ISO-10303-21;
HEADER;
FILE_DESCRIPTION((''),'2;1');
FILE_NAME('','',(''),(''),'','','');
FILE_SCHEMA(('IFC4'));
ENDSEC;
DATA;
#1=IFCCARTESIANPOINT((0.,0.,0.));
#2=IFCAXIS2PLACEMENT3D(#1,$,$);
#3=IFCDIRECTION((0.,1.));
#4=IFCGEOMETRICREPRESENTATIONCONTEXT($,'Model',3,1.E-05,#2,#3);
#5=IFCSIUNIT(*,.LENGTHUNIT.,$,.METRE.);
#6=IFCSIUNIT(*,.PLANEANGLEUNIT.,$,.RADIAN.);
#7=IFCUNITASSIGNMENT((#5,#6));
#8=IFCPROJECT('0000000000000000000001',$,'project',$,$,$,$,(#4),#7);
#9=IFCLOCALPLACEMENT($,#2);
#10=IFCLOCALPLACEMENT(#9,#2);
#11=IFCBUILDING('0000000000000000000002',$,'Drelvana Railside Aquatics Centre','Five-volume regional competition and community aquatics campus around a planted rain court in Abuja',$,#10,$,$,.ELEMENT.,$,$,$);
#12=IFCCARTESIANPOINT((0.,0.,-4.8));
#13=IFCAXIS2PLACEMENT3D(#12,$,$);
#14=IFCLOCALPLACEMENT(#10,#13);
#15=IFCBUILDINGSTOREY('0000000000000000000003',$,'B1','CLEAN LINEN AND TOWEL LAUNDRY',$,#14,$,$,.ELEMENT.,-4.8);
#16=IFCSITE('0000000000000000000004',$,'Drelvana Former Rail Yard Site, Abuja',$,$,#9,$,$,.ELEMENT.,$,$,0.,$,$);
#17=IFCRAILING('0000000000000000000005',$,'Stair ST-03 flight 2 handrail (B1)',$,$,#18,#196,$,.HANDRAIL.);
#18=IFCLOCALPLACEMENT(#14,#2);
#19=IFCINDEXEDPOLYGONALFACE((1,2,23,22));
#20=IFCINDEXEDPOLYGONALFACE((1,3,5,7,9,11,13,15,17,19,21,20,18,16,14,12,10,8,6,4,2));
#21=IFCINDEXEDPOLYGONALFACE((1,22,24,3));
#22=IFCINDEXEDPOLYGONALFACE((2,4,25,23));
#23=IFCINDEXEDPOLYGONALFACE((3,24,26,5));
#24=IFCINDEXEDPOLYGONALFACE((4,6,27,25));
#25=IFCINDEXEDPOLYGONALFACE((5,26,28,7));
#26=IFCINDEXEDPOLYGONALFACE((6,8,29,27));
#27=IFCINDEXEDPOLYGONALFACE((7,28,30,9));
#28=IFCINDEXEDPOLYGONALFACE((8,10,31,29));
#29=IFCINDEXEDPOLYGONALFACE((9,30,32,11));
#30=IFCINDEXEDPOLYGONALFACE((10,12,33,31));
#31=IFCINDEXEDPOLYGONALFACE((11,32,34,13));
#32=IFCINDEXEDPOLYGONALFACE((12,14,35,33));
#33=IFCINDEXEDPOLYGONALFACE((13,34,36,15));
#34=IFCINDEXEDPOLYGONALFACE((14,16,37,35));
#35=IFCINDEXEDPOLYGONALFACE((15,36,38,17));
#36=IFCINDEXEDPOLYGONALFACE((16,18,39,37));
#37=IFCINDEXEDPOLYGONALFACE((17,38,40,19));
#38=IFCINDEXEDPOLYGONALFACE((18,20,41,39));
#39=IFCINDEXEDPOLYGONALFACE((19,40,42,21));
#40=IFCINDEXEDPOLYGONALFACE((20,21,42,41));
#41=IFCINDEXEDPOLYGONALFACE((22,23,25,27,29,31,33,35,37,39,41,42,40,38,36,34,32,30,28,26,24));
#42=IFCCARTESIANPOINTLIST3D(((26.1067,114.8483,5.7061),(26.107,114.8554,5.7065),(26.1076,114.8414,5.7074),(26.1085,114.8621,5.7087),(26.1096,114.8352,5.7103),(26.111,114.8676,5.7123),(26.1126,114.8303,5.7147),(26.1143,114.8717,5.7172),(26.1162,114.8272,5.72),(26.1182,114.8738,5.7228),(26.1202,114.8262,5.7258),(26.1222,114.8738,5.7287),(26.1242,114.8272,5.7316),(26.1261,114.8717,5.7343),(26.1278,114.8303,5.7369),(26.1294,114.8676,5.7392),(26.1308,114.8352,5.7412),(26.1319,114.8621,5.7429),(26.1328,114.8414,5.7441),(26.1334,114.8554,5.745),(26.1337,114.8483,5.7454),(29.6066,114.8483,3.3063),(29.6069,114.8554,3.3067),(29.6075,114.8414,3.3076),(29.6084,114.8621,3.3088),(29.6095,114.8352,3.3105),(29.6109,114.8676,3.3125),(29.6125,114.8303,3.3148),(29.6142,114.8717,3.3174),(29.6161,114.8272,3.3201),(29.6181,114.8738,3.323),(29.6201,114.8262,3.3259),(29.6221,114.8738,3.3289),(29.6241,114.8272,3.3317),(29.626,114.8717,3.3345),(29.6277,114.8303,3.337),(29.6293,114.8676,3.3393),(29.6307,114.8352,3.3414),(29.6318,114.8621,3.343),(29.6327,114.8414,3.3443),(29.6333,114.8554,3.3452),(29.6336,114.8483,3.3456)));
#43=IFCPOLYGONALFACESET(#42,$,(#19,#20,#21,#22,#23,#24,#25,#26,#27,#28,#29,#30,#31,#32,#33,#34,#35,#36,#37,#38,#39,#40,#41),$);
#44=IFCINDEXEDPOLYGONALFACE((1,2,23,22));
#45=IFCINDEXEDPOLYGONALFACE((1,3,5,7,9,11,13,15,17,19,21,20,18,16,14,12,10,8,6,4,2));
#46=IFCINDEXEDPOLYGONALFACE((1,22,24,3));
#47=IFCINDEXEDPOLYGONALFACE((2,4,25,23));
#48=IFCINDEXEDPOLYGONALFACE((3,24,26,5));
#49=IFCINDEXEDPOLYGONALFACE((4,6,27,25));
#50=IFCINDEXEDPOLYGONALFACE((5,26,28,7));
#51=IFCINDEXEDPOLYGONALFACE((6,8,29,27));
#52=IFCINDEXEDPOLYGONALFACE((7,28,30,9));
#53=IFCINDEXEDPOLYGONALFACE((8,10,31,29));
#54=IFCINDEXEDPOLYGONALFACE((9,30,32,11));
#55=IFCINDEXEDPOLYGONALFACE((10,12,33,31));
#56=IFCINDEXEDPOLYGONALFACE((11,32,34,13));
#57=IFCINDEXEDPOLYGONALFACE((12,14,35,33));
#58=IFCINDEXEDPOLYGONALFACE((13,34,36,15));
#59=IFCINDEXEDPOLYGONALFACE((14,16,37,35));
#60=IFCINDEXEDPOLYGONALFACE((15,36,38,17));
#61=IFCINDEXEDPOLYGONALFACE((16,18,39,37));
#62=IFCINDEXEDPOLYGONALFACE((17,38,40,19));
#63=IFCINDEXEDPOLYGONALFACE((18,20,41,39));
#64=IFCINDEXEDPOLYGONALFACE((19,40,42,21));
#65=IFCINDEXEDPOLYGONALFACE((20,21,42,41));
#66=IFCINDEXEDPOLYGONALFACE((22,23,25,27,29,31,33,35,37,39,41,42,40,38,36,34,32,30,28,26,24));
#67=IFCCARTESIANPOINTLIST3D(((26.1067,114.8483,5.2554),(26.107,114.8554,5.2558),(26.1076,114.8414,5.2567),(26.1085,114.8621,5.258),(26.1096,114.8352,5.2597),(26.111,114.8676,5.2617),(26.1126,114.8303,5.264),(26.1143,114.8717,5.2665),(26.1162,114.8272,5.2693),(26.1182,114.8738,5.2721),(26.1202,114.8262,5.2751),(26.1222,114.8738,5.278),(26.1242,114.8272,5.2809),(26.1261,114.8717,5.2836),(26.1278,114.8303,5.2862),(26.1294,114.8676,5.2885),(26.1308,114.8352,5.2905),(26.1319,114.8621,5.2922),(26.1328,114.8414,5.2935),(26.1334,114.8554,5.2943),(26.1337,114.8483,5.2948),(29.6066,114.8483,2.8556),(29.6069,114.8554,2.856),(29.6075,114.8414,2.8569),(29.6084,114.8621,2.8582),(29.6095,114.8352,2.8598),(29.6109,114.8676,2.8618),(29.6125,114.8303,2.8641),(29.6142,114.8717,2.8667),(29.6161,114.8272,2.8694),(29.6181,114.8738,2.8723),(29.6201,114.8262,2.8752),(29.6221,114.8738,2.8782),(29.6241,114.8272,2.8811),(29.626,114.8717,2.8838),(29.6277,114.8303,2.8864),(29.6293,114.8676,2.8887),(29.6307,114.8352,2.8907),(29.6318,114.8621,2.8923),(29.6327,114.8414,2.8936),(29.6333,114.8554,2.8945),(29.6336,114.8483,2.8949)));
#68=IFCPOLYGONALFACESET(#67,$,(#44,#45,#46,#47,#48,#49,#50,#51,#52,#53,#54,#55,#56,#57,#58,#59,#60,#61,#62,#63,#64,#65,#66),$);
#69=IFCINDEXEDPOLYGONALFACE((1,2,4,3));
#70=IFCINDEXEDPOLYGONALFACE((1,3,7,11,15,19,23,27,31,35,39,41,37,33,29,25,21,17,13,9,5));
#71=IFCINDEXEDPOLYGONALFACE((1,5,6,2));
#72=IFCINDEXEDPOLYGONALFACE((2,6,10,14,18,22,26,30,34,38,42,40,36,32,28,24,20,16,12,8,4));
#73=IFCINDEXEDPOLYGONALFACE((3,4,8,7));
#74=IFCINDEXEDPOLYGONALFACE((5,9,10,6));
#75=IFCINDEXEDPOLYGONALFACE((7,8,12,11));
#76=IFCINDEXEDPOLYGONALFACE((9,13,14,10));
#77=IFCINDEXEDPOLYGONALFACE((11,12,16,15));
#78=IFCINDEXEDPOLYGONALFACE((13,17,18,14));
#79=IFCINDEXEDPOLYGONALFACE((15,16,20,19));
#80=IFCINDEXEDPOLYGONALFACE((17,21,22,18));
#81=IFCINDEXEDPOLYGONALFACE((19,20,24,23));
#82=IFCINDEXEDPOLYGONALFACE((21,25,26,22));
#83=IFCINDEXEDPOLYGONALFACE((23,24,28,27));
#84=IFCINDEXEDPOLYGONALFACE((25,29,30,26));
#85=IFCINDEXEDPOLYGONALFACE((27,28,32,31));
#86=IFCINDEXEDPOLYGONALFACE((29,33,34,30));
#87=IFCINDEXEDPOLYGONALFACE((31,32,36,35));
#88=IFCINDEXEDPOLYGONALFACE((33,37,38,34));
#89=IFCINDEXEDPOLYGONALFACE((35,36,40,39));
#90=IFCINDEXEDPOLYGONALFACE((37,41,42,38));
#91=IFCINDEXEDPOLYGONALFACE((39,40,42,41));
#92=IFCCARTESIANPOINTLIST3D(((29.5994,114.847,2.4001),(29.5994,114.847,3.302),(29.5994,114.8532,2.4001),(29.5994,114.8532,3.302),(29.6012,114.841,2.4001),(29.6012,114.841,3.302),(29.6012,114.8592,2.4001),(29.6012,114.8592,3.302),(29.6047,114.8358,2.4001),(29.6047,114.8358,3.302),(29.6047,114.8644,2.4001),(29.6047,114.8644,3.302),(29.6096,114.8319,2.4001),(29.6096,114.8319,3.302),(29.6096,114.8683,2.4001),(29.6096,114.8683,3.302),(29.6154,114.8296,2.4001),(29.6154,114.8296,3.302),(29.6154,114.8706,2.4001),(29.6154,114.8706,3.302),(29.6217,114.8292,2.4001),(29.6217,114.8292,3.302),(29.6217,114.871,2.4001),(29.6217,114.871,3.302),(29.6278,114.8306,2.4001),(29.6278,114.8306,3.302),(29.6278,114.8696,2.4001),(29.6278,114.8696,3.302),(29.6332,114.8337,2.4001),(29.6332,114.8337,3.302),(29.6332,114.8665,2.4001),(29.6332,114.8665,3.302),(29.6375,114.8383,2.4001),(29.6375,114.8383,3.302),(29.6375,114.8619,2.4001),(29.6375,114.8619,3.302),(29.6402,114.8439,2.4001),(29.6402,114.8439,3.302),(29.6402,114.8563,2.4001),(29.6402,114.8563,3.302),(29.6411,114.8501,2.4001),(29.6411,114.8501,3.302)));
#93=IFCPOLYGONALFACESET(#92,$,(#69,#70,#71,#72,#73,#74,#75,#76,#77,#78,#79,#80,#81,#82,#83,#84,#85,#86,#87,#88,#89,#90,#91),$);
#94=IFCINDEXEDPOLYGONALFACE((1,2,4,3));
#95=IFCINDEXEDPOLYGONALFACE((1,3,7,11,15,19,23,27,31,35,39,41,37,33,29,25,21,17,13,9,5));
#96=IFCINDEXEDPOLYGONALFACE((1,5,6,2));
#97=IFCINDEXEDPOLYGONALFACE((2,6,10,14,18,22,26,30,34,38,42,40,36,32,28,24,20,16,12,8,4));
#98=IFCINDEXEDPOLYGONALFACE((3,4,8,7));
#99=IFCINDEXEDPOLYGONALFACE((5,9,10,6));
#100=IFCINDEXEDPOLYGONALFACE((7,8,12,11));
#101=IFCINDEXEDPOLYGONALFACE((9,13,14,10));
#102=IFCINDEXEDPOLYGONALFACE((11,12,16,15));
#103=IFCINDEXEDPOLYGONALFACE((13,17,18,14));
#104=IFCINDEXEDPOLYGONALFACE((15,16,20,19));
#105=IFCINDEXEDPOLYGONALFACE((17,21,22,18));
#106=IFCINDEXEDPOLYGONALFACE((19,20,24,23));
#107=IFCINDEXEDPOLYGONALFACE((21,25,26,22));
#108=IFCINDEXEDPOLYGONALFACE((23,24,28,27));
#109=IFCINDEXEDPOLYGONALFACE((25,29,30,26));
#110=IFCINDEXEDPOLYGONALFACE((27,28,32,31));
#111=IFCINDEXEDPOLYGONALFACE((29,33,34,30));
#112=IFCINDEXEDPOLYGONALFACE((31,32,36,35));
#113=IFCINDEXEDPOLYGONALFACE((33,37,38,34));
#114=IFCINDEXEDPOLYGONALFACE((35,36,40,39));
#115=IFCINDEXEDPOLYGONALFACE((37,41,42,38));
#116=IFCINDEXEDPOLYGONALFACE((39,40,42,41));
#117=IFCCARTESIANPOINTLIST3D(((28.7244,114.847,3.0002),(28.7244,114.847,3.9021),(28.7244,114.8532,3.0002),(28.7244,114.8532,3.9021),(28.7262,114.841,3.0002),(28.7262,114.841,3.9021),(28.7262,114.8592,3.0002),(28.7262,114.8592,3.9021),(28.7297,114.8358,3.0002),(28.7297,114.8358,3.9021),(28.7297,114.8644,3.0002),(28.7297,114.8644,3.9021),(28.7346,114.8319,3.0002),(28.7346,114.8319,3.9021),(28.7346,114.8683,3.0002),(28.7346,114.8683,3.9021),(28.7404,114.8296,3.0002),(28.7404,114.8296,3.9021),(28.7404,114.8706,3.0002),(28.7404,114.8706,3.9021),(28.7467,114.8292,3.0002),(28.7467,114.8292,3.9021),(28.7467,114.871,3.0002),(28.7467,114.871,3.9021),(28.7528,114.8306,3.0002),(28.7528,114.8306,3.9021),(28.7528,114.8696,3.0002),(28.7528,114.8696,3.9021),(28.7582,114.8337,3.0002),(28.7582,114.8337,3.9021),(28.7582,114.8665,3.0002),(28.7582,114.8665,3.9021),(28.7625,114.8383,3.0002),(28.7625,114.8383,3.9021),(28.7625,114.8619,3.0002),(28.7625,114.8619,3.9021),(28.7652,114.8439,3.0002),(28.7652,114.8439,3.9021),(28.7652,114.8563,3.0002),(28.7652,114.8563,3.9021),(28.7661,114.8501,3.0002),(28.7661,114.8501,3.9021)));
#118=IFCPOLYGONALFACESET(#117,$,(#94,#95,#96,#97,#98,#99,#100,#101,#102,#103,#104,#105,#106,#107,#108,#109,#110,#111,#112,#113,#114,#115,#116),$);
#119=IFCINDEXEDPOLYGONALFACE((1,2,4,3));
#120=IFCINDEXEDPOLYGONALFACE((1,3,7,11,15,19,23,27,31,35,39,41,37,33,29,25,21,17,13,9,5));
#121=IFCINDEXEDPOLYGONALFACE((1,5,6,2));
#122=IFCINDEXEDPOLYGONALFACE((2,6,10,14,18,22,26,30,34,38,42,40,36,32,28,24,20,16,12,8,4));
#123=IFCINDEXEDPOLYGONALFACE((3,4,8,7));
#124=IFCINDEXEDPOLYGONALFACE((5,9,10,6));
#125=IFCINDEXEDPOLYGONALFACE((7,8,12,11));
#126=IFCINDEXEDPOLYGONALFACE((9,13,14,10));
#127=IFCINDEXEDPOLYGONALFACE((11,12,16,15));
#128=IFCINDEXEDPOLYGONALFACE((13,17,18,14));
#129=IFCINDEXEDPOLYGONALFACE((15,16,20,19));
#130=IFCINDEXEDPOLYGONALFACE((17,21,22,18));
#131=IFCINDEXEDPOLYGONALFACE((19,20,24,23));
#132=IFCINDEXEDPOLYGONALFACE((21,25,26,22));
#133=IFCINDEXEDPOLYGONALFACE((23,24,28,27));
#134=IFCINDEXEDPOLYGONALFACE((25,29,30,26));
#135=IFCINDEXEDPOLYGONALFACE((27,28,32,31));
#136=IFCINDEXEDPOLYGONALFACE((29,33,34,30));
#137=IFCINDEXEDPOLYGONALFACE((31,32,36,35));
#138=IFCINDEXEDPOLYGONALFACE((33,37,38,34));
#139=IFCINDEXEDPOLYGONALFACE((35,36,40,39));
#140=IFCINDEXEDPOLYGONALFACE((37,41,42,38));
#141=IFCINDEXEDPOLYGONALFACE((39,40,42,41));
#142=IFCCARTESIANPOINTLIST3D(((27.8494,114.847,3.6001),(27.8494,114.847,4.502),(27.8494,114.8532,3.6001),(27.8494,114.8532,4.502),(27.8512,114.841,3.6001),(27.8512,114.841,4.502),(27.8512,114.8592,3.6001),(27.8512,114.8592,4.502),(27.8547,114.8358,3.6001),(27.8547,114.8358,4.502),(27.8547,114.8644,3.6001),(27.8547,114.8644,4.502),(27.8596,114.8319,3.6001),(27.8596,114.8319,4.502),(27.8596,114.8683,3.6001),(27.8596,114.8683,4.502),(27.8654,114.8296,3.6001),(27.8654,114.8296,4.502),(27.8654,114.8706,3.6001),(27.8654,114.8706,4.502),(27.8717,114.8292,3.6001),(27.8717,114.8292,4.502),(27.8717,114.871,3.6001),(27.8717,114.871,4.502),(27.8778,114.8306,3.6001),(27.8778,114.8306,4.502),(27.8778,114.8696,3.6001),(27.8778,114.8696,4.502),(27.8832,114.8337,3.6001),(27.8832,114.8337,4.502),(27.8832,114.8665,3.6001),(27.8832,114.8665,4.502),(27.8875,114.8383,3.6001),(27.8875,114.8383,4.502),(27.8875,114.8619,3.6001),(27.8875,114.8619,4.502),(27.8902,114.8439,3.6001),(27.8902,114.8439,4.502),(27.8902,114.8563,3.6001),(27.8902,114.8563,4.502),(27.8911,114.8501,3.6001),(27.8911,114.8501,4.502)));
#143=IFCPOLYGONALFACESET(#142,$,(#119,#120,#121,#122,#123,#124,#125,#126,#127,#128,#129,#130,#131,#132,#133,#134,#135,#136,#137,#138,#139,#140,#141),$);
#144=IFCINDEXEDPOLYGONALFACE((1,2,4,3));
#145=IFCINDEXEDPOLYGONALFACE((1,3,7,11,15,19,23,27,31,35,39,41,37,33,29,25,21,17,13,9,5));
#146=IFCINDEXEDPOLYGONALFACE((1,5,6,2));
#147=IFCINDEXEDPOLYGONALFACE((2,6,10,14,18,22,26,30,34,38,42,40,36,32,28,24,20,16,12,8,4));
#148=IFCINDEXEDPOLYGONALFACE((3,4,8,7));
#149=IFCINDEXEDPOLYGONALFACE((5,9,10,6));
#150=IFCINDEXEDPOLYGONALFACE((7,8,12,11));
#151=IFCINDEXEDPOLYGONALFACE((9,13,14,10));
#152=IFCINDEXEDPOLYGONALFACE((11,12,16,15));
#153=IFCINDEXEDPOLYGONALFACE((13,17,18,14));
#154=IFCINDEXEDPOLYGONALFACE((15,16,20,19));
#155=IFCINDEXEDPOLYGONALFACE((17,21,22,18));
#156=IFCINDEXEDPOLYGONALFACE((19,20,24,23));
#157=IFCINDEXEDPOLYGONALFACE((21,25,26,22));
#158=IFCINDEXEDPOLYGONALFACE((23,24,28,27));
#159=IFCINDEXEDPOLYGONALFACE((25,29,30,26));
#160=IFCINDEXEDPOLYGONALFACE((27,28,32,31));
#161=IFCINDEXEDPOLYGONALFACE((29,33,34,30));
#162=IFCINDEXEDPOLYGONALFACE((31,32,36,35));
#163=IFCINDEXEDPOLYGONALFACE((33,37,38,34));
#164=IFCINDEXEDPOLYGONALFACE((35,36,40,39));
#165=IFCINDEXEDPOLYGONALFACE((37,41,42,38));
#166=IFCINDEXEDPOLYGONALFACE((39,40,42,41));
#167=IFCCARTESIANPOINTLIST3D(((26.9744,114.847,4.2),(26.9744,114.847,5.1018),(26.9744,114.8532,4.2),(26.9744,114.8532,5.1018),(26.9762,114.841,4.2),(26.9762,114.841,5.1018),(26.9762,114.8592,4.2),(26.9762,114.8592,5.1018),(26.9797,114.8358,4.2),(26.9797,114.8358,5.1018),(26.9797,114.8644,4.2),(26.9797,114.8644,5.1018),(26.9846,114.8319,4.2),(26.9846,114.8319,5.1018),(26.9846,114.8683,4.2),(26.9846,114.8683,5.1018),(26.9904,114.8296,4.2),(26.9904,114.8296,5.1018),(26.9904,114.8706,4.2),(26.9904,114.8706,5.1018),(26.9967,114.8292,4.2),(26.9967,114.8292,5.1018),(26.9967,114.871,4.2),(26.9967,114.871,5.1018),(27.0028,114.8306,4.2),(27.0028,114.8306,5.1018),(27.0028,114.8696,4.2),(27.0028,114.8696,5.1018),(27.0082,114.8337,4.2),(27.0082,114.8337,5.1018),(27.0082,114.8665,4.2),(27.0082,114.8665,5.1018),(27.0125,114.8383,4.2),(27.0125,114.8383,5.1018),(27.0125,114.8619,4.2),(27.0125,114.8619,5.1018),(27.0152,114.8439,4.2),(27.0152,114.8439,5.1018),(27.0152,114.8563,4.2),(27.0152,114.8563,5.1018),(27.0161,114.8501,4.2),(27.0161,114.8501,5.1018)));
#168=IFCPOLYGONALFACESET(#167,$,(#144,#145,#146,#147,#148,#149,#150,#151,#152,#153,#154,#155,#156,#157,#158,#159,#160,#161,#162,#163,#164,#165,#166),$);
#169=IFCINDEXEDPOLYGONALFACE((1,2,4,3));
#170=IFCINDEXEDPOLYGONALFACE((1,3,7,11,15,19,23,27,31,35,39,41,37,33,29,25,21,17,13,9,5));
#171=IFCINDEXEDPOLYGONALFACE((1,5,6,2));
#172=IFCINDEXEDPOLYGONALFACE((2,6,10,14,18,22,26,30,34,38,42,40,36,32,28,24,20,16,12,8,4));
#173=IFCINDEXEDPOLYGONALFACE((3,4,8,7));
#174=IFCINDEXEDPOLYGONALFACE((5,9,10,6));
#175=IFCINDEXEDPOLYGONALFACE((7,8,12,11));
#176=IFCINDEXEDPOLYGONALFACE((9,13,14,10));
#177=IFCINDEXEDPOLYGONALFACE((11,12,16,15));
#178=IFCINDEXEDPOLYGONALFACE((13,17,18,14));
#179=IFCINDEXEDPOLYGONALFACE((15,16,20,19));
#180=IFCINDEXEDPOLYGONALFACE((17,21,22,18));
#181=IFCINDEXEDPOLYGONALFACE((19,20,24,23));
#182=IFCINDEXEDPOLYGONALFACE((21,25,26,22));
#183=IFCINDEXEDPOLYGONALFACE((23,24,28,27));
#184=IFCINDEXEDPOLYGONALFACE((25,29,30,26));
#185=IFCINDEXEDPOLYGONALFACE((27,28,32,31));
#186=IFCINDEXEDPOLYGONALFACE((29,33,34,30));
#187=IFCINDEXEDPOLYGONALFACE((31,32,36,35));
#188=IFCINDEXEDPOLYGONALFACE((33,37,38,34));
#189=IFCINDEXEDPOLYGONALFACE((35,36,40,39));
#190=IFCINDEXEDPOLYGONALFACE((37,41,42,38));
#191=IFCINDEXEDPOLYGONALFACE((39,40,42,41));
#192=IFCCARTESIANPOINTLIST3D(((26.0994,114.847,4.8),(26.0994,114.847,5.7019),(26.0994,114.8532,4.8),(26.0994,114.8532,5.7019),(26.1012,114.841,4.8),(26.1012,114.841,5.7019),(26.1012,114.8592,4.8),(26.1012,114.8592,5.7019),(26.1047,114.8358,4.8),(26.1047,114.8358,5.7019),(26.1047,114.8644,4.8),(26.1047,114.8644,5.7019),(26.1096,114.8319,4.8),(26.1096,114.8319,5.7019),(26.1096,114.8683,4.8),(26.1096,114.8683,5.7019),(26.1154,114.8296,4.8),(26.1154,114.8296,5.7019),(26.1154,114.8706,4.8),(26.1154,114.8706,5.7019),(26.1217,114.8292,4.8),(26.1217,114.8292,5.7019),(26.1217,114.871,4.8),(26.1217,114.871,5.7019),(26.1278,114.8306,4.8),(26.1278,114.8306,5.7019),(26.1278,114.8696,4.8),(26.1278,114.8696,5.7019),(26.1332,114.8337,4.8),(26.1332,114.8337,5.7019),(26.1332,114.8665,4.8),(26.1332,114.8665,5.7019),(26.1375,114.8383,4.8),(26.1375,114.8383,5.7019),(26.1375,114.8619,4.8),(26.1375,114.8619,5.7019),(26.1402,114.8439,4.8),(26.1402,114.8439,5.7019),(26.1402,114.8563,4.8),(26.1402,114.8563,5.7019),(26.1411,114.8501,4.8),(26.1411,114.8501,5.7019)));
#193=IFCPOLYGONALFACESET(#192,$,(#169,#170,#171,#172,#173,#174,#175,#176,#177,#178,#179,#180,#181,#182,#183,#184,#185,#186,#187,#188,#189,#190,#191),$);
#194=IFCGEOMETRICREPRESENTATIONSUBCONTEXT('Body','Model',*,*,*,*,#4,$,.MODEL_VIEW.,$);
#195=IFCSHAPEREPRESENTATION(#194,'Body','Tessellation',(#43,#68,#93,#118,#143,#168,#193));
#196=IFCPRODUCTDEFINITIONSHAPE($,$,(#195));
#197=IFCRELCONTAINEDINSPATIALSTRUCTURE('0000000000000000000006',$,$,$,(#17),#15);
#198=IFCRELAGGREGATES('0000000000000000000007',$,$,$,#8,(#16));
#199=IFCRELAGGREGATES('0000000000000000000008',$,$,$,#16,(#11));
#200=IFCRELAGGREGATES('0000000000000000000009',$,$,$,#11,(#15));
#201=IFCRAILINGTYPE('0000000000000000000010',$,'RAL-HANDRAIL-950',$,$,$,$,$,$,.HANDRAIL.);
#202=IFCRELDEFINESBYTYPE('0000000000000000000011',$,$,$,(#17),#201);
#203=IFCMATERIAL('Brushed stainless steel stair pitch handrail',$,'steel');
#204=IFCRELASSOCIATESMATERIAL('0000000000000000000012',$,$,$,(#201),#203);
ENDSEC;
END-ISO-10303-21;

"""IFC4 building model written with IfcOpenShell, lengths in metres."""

from ifc_helpers import new_model, si_unit, direction, frame, origin, origin_2d, place, context, subcontext, project, spatial, circle, extrude, material, type_object, element, save


model = new_model("IFC4")

# Units and contexts
model_context = context("Model", 3, precision=1e-05, world=origin(), true_north=direction((0.0, 1.0)))
body_context = subcontext(model_context, "Body", "Model", "MODEL_VIEW")
ifc_project = project(units=[si_unit("LENGTHUNIT", "METRE"), si_unit("PLANEANGLEUNIT", "RADIAN")], contexts=[model_context])

# Site, building, storey
site_placement = place(None, origin())
site = spatial("IfcSite", under=ifc_project, at=site_placement, Name="Drelvana Former Rail Yard Site, Abuja", CompositionType="ELEMENT", RefElevation=0.0)
building_placement = place(site_placement, origin())
building = spatial("IfcBuilding", under=site, at=building_placement, Name="Drelvana Railside Aquatics Centre", Description="Five-volume regional competition and community aquatics campus around a planted rain court in Abuja", CompositionType="ELEMENT")
storey_placement = place(building_placement, frame((0.0, 0.0, -4.8)))
storey = spatial("IfcBuildingStorey", under=building, at=storey_placement, Name="B1", Description="CLEAN LINEN AND TOWEL LAUNDRY", CompositionType="ELEMENT", Elevation=-4.8)

# Railing
ifc_material_1 = material(Name="Brushed stainless steel stair pitch handrail", Category="steel")
railing_type = type_object("IfcRailingType", Name="RAL-HANDRAIL-950", PredefinedType="HANDRAIL", material=ifc_material_1)
railing_1_placement = place(storey_placement, frame((29.6201, 114.8501, 2.4001)))
element("IfcRailing", 1, at=railing_1_placement, inside=storey, type_object=railing_type, Name="Stair ST-03 flight 2 handrail (B1)", PredefinedType="HANDRAIL", context=body_context, shape_type="SweptSolid", body=[
    extrude(circle(Radius=0.0239, at=origin_2d()), frame((0.0, 0.0, 0.9258), z_axis=(-0.82474, 0.0, 0.565513), x_axis=(0.0, -1.0, 0.0)), (0.0, 0.0, 1.0), 4.2437),
    extrude(circle(Radius=0.0239, at=origin_2d()), frame((0.0, 0.0, 0.4751), z_axis=(-0.82474, 0.0, 0.565513), x_axis=(0.0, -1.0, 0.0)), (0.0, 0.0, 1.0), 4.2437),
    extrude(circle(Radius=0.021, at=origin_2d()), origin(), (0.0, 0.0, 1.0), 0.9019),
    extrude(circle(Radius=0.021, at=origin_2d()), frame((-0.875, 0.0, 0.6001)), (0.0, 0.0, 1.0), 0.9019),
    extrude(circle(Radius=0.021, at=origin_2d()), frame((-1.75, 0.0, 1.2)), (0.0, 0.0, 1.0), 0.9019),
    extrude(circle(Radius=0.021, at=origin_2d()), frame((-2.625, 0.0, 1.7998)), (0.0, 0.0, 1.0), 0.9019),
    extrude(circle(Radius=0.021, at=origin_2d()), frame((-3.5, 0.0, 2.3999)), (0.0, 0.0, 1.0), 0.9019),
])

save(model, "model.ifc")
